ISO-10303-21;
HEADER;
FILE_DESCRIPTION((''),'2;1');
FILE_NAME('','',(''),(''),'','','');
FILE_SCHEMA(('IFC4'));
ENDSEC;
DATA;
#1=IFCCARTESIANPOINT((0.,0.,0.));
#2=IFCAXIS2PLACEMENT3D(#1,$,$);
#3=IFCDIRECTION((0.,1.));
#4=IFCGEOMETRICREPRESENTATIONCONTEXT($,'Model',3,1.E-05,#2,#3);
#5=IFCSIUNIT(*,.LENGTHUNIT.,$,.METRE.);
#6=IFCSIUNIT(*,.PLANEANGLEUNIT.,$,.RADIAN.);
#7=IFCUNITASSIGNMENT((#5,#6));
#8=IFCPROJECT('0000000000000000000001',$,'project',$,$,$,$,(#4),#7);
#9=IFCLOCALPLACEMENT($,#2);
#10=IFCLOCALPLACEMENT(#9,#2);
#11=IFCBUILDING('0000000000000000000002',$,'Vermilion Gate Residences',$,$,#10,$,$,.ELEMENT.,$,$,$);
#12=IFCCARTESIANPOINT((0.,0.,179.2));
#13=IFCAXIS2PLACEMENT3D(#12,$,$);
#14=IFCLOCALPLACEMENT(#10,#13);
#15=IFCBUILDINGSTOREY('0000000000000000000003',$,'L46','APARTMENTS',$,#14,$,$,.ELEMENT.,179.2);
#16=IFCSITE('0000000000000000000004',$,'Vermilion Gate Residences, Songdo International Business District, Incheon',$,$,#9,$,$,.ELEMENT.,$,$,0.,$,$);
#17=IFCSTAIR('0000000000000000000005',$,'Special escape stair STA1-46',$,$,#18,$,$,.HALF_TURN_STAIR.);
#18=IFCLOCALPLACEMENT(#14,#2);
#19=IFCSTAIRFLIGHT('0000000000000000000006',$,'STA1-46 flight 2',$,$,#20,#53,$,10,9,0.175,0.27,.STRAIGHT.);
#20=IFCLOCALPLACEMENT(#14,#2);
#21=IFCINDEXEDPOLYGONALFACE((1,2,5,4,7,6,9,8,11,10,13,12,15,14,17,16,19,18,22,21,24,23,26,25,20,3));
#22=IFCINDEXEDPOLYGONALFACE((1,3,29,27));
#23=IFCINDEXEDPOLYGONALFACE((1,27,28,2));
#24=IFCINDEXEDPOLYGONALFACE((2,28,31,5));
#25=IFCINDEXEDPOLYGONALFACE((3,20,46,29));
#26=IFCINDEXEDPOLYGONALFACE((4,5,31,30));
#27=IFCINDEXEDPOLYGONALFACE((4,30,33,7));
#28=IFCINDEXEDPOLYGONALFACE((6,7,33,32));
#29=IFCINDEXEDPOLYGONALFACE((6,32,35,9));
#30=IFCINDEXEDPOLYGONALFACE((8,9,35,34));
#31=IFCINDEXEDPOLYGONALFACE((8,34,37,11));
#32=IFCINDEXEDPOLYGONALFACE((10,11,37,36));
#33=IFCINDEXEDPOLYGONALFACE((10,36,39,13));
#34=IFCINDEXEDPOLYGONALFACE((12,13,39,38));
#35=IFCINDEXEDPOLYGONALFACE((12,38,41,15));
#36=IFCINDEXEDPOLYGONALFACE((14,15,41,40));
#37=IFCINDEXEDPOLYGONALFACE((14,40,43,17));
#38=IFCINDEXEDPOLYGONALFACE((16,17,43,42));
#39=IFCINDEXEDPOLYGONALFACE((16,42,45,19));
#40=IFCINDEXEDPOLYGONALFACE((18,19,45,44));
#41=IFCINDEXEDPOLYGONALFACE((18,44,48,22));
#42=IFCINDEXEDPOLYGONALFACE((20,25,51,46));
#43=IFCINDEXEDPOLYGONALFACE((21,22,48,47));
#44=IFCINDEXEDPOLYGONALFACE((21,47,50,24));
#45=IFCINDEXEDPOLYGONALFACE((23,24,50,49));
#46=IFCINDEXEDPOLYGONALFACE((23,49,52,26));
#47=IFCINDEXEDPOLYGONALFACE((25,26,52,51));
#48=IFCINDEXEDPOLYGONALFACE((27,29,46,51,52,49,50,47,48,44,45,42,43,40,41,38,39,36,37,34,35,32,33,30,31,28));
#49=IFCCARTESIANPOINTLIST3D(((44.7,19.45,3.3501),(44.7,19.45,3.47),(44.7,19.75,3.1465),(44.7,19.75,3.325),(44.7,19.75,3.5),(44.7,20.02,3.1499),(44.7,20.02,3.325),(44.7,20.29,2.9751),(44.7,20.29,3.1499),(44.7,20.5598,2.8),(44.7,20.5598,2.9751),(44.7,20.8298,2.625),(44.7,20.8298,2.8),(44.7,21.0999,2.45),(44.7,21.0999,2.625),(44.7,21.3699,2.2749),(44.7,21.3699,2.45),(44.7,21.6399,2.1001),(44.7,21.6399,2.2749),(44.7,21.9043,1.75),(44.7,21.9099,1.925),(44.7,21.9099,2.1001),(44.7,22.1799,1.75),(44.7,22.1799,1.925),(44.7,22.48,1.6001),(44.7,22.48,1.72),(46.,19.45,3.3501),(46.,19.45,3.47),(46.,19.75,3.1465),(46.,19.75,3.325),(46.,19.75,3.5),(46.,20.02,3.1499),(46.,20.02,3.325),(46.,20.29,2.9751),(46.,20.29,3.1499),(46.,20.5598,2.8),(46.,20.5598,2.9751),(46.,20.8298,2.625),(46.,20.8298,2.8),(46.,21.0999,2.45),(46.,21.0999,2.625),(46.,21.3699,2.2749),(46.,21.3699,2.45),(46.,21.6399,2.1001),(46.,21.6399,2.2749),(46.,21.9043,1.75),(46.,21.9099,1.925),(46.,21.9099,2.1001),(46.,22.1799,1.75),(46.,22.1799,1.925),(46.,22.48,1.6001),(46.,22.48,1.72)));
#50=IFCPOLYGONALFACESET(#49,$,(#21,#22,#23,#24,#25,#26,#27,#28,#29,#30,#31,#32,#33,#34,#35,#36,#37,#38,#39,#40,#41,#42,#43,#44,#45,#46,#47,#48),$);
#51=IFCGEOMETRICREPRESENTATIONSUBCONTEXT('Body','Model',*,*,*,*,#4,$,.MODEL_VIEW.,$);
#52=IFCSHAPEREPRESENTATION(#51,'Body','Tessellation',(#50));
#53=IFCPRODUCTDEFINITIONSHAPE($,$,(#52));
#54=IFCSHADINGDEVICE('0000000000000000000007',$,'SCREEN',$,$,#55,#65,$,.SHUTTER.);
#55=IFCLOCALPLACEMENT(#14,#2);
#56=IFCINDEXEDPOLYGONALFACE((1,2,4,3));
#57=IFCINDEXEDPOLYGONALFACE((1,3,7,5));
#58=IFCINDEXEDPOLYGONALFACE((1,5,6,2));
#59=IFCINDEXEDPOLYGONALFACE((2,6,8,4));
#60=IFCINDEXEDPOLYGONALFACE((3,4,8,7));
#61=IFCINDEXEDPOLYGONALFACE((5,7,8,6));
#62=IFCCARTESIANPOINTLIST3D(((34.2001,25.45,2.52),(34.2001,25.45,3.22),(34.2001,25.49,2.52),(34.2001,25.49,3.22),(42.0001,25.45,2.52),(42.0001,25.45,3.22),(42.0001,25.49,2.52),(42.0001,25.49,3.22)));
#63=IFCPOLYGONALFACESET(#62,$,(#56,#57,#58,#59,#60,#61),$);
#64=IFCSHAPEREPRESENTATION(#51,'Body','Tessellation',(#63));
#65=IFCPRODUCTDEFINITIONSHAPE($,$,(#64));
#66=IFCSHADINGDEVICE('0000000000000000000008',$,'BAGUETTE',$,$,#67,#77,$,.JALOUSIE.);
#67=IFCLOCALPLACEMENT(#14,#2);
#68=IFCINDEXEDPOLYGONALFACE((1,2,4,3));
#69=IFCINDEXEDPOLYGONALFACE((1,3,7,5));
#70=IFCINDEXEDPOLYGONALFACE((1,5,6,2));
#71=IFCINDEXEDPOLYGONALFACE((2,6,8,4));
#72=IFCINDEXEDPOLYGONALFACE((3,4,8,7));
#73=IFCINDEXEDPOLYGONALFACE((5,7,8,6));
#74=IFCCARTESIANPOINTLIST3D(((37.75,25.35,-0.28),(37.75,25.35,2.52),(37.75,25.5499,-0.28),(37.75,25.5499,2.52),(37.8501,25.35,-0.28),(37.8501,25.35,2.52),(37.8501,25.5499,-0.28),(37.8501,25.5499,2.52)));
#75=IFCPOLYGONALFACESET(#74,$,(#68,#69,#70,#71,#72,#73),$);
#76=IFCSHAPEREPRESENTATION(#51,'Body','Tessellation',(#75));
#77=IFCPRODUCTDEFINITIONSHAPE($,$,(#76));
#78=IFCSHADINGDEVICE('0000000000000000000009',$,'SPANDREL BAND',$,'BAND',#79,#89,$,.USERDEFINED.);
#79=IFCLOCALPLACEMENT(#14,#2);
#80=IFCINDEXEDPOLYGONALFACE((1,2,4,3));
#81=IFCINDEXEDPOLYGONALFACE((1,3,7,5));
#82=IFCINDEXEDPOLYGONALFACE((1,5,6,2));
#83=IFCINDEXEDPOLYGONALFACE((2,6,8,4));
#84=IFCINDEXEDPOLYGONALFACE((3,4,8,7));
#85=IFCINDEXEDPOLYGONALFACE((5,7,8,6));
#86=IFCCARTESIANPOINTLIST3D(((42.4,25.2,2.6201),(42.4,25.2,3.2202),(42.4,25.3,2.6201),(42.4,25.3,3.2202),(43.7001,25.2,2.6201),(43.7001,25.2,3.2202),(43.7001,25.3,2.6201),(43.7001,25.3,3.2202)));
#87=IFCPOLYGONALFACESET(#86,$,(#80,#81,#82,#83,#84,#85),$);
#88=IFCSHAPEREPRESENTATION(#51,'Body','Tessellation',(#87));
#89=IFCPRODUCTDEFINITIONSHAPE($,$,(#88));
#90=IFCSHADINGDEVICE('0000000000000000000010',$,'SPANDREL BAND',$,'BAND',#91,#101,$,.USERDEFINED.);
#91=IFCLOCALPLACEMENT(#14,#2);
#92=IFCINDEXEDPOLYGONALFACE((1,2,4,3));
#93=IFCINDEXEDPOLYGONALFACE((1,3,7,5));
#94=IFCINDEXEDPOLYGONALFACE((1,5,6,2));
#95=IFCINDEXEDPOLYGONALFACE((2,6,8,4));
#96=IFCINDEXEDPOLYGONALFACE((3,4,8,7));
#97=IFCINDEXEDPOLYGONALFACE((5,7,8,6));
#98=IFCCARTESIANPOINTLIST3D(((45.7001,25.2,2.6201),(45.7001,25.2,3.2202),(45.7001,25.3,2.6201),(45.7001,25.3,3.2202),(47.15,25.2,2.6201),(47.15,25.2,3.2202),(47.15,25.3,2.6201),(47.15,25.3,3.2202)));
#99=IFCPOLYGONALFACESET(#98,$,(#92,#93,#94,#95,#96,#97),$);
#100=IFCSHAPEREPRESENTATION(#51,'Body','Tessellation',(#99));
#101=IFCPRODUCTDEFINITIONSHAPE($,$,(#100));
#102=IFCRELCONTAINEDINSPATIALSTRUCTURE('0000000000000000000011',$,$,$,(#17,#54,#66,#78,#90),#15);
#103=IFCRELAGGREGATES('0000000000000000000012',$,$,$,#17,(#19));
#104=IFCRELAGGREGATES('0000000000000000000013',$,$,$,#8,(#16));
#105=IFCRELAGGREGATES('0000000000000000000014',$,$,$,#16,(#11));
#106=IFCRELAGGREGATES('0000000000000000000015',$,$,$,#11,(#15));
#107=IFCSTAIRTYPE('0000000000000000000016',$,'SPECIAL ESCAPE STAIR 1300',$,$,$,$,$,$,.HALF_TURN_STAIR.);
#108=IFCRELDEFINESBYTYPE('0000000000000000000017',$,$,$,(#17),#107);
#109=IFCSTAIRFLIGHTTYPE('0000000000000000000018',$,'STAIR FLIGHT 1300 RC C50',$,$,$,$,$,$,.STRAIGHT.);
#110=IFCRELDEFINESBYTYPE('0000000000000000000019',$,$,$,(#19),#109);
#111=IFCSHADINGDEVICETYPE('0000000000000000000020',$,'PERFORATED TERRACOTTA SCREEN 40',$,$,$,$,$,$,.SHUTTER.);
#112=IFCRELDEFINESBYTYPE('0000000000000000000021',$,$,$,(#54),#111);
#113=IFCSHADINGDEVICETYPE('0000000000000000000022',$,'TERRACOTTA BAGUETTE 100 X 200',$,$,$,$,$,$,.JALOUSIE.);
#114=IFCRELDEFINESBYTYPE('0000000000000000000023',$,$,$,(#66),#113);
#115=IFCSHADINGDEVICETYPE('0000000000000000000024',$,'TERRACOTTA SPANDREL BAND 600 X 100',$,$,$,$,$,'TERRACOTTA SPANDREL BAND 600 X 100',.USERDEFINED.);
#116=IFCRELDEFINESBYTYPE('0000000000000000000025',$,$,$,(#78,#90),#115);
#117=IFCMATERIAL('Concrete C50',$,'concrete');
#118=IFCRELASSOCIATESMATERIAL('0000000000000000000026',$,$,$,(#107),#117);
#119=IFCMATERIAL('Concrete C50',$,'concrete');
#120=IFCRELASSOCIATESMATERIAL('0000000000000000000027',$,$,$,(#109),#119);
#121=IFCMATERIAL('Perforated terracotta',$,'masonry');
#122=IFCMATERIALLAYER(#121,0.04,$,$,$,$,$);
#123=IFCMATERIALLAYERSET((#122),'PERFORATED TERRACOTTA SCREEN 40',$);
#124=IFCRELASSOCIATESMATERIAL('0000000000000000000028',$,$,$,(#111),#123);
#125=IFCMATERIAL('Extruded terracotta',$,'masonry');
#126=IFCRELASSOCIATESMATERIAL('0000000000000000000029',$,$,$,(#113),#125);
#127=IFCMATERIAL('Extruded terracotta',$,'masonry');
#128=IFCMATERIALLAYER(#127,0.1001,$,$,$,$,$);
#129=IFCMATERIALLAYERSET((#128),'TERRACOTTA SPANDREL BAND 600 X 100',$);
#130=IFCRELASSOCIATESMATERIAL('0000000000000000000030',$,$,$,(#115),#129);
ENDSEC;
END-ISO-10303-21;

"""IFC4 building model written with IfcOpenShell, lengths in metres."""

from ifc_helpers import new_model, si_unit, direction, frame, origin, origin_2d, place, context, subcontext, project, spatial, polyline, rectangle, outline, extrude, material, layer, layer_set, material_profile, profile_set, type_object, element, aggregate, save


model = new_model("IFC4")

# Units and contexts
model_context = context("Model", 3, precision=1e-05, world=origin(), true_north=direction((0.0, 1.0)))
body_context = subcontext(model_context, "Body", "Model", "MODEL_VIEW")
ifc_project = project(units=[si_unit("LENGTHUNIT", "METRE"), si_unit("PLANEANGLEUNIT", "RADIAN")], contexts=[model_context])

# Site, building, storey
site_placement = place(None, origin())
site = spatial("IfcSite", under=ifc_project, at=site_placement, Name="Vermilion Gate Residences, Songdo International Business District, Incheon", CompositionType="ELEMENT", RefElevation=0.0)
building_placement = place(site_placement, origin())
building = spatial("IfcBuilding", under=site, at=building_placement, Name="Vermilion Gate Residences", CompositionType="ELEMENT")
storey_placement = place(building_placement, frame((0.0, 0.0, 179.2)))
storey = spatial("IfcBuildingStorey", under=building, at=storey_placement, Name="L46", Description="APARTMENTS", CompositionType="ELEMENT", Elevation=179.2)

# Stair, stair flight
ifc_material_1 = material(Name="Concrete C50", Category="concrete")
stair_type = type_object("IfcStairType", Name="SPECIAL ESCAPE STAIR 1300", PredefinedType="HALF_TURN_STAIR", material=ifc_material_1)
stair_placement = place(storey_placement, origin())
stair = element("IfcStair", 1, at=stair_placement, inside=storey, type_object=stair_type, Name="Special escape stair STA1-46", PredefinedType="HALF_TURN_STAIR")
ifc_material_2 = material(Name="Concrete C50", Category="concrete")
stair_flight_type = type_object("IfcStairFlightType", Name="STAIR FLIGHT 1300 RC C50", PredefinedType="STRAIGHT", material=ifc_material_2)
stair_flight_1_placement = place(storey_placement, frame((45.3501, 22.1799, 1.75), z_axis=(0.0, 0.0, 1.0), x_axis=(0.0, -1.0, 0.0)))
stair_flight_1 = element("IfcStairFlight", 2, at=stair_flight_1_placement, type_object=stair_flight_type, Name="STA1-46 flight 2", NumberOfRisers=10, NumberOfTreads=9, PredefinedType="STRAIGHT", RiserHeight=0.175, TreadLength=0.27, context=body_context, shape_type="SweptSolid", body=[
    extrude(outline(polyline([(-0.3, -0.1499), (-0.3, -0.03), (0.0, 0.0), (0.0, 0.175), (0.27, 0.175), (0.27, 0.3501), (0.54, 0.3501), (0.54, 0.5249), (0.8101, 0.5249), (0.8101, 0.7), (1.0801, 0.7), (1.0801, 0.875), (1.3501, 0.875), (1.3501, 1.05), (1.6201, 1.05), (1.6201, 1.2251), (1.8899, 1.2251), (1.8899, 1.3999), (2.1599, 1.3999), (2.1599, 1.575), (2.4299, 1.575), (2.4299, 1.75), (2.73, 1.72), (2.73, 1.6001), (2.4299, 1.3965), (0.2756, 0.0), (-0.3, -0.1499)])), frame((0.0, 0.6499, 0.0), z_axis=(0.0, -1.0, 0.0), x_axis=(1.0, 0.0, 0.0)), (0.0, 0.0, 1.0), 1.3),
])
aggregate(stair, [stair_flight_1])

# Shading device
ifc_material_3 = material(Name="Perforated terracotta", Category="masonry")
ifc_layer_1 = layer(ifc_material_3, 0.04)
ifc_layer_set_1 = layer_set([ifc_layer_1], Name="PERFORATED TERRACOTTA SCREEN 40")
shading_device_type_1 = type_object("IfcShadingDeviceType", Name="PERFORATED TERRACOTTA SCREEN 40", PredefinedType="SHUTTER", material=ifc_layer_set_1)
shading_device_1_placement = place(storey_placement, frame((38.1001, 25.47, 2.52), z_axis=(0.0, 0.0, 1.0), x_axis=(-1.0, 0.0, 0.0)))
element("IfcShadingDevice", 3, at=shading_device_1_placement, inside=storey, type_object=shading_device_type_1, Name="SCREEN", PredefinedType="SHUTTER", context=body_context, shape_type="SweptSolid", body=[
    extrude(rectangle(XDim=7.8, YDim=0.04, at=origin_2d()), origin(), (0.0, 0.0, 1.0), 0.7),
])

# Shading devices
ifc_material_4 = material(Name="Extruded terracotta", Category="masonry")
ifc_material_profile_1 = material_profile(ifc_material_4, rectangle(XDim=0.2, YDim=0.1001, at=origin_2d()), Name="BAGUETTE 100 X 200")
ifc_profile_set_1 = profile_set([ifc_material_profile_1], Name="Extruded terracotta")
shading_device_type_2 = type_object("IfcShadingDeviceType", Name="TERRACOTTA BAGUETTE 100 X 200", PredefinedType="JALOUSIE", material=ifc_profile_set_1)
shading_device_2_placement = place(storey_placement, frame((37.8, 25.45, -0.28), z_axis=(0.0, 0.0, 1.0), x_axis=(0.0, -1.0, 0.0)))
element("IfcShadingDevice", 4, at=shading_device_2_placement, inside=storey, type_object=shading_device_type_2, Name="BAGUETTE", PredefinedType="JALOUSIE", context=body_context, shape_type="SweptSolid", body=[
    extrude(rectangle(XDim=0.2, YDim=0.1001, at=origin_2d()), origin(), (0.0, 0.0, 1.0), 2.8),
])
ifc_material_5 = material(Name="Extruded terracotta", Category="masonry")
ifc_layer_2 = layer(ifc_material_5, 0.1001)
ifc_layer_set_2 = layer_set([ifc_layer_2], Name="TERRACOTTA SPANDREL BAND 600 X 100")
shading_device_type_3 = type_object("IfcShadingDeviceType", Name="TERRACOTTA SPANDREL BAND 600 X 100", ElementType="TERRACOTTA SPANDREL BAND 600 X 100", PredefinedType="USERDEFINED", material=ifc_layer_set_2)
shading_device_3_placement = place(storey_placement, frame((43.05, 25.25, 2.6201), z_axis=(0.0, 0.0, 1.0), x_axis=(1.0, 0.0, 0.0)))
element("IfcShadingDevice", 5, at=shading_device_3_placement, inside=storey, type_object=shading_device_type_3, Name="SPANDREL BAND", ObjectType="BAND", PredefinedType="USERDEFINED", context=body_context, shape_type="SweptSolid", body=[
    extrude(rectangle(XDim=1.3, YDim=0.1001, at=origin_2d()), origin(), (0.0, 0.0, 1.0), 0.6001),
])
shading_device_4_placement = place(storey_placement, frame((46.425, 25.25, 2.6201), z_axis=(0.0, 0.0, 1.0), x_axis=(1.0, 0.0, 0.0)))
element("IfcShadingDevice", 6, at=shading_device_4_placement, inside=storey, type_object=shading_device_type_3, Name="SPANDREL BAND", ObjectType="BAND", PredefinedType="USERDEFINED", context=body_context, shape_type="SweptSolid", body=[
    extrude(rectangle(XDim=1.45, YDim=0.1001, at=origin_2d()), origin(), (0.0, 0.0, 1.0), 0.6001),
])

save(model, "model.ifc")
